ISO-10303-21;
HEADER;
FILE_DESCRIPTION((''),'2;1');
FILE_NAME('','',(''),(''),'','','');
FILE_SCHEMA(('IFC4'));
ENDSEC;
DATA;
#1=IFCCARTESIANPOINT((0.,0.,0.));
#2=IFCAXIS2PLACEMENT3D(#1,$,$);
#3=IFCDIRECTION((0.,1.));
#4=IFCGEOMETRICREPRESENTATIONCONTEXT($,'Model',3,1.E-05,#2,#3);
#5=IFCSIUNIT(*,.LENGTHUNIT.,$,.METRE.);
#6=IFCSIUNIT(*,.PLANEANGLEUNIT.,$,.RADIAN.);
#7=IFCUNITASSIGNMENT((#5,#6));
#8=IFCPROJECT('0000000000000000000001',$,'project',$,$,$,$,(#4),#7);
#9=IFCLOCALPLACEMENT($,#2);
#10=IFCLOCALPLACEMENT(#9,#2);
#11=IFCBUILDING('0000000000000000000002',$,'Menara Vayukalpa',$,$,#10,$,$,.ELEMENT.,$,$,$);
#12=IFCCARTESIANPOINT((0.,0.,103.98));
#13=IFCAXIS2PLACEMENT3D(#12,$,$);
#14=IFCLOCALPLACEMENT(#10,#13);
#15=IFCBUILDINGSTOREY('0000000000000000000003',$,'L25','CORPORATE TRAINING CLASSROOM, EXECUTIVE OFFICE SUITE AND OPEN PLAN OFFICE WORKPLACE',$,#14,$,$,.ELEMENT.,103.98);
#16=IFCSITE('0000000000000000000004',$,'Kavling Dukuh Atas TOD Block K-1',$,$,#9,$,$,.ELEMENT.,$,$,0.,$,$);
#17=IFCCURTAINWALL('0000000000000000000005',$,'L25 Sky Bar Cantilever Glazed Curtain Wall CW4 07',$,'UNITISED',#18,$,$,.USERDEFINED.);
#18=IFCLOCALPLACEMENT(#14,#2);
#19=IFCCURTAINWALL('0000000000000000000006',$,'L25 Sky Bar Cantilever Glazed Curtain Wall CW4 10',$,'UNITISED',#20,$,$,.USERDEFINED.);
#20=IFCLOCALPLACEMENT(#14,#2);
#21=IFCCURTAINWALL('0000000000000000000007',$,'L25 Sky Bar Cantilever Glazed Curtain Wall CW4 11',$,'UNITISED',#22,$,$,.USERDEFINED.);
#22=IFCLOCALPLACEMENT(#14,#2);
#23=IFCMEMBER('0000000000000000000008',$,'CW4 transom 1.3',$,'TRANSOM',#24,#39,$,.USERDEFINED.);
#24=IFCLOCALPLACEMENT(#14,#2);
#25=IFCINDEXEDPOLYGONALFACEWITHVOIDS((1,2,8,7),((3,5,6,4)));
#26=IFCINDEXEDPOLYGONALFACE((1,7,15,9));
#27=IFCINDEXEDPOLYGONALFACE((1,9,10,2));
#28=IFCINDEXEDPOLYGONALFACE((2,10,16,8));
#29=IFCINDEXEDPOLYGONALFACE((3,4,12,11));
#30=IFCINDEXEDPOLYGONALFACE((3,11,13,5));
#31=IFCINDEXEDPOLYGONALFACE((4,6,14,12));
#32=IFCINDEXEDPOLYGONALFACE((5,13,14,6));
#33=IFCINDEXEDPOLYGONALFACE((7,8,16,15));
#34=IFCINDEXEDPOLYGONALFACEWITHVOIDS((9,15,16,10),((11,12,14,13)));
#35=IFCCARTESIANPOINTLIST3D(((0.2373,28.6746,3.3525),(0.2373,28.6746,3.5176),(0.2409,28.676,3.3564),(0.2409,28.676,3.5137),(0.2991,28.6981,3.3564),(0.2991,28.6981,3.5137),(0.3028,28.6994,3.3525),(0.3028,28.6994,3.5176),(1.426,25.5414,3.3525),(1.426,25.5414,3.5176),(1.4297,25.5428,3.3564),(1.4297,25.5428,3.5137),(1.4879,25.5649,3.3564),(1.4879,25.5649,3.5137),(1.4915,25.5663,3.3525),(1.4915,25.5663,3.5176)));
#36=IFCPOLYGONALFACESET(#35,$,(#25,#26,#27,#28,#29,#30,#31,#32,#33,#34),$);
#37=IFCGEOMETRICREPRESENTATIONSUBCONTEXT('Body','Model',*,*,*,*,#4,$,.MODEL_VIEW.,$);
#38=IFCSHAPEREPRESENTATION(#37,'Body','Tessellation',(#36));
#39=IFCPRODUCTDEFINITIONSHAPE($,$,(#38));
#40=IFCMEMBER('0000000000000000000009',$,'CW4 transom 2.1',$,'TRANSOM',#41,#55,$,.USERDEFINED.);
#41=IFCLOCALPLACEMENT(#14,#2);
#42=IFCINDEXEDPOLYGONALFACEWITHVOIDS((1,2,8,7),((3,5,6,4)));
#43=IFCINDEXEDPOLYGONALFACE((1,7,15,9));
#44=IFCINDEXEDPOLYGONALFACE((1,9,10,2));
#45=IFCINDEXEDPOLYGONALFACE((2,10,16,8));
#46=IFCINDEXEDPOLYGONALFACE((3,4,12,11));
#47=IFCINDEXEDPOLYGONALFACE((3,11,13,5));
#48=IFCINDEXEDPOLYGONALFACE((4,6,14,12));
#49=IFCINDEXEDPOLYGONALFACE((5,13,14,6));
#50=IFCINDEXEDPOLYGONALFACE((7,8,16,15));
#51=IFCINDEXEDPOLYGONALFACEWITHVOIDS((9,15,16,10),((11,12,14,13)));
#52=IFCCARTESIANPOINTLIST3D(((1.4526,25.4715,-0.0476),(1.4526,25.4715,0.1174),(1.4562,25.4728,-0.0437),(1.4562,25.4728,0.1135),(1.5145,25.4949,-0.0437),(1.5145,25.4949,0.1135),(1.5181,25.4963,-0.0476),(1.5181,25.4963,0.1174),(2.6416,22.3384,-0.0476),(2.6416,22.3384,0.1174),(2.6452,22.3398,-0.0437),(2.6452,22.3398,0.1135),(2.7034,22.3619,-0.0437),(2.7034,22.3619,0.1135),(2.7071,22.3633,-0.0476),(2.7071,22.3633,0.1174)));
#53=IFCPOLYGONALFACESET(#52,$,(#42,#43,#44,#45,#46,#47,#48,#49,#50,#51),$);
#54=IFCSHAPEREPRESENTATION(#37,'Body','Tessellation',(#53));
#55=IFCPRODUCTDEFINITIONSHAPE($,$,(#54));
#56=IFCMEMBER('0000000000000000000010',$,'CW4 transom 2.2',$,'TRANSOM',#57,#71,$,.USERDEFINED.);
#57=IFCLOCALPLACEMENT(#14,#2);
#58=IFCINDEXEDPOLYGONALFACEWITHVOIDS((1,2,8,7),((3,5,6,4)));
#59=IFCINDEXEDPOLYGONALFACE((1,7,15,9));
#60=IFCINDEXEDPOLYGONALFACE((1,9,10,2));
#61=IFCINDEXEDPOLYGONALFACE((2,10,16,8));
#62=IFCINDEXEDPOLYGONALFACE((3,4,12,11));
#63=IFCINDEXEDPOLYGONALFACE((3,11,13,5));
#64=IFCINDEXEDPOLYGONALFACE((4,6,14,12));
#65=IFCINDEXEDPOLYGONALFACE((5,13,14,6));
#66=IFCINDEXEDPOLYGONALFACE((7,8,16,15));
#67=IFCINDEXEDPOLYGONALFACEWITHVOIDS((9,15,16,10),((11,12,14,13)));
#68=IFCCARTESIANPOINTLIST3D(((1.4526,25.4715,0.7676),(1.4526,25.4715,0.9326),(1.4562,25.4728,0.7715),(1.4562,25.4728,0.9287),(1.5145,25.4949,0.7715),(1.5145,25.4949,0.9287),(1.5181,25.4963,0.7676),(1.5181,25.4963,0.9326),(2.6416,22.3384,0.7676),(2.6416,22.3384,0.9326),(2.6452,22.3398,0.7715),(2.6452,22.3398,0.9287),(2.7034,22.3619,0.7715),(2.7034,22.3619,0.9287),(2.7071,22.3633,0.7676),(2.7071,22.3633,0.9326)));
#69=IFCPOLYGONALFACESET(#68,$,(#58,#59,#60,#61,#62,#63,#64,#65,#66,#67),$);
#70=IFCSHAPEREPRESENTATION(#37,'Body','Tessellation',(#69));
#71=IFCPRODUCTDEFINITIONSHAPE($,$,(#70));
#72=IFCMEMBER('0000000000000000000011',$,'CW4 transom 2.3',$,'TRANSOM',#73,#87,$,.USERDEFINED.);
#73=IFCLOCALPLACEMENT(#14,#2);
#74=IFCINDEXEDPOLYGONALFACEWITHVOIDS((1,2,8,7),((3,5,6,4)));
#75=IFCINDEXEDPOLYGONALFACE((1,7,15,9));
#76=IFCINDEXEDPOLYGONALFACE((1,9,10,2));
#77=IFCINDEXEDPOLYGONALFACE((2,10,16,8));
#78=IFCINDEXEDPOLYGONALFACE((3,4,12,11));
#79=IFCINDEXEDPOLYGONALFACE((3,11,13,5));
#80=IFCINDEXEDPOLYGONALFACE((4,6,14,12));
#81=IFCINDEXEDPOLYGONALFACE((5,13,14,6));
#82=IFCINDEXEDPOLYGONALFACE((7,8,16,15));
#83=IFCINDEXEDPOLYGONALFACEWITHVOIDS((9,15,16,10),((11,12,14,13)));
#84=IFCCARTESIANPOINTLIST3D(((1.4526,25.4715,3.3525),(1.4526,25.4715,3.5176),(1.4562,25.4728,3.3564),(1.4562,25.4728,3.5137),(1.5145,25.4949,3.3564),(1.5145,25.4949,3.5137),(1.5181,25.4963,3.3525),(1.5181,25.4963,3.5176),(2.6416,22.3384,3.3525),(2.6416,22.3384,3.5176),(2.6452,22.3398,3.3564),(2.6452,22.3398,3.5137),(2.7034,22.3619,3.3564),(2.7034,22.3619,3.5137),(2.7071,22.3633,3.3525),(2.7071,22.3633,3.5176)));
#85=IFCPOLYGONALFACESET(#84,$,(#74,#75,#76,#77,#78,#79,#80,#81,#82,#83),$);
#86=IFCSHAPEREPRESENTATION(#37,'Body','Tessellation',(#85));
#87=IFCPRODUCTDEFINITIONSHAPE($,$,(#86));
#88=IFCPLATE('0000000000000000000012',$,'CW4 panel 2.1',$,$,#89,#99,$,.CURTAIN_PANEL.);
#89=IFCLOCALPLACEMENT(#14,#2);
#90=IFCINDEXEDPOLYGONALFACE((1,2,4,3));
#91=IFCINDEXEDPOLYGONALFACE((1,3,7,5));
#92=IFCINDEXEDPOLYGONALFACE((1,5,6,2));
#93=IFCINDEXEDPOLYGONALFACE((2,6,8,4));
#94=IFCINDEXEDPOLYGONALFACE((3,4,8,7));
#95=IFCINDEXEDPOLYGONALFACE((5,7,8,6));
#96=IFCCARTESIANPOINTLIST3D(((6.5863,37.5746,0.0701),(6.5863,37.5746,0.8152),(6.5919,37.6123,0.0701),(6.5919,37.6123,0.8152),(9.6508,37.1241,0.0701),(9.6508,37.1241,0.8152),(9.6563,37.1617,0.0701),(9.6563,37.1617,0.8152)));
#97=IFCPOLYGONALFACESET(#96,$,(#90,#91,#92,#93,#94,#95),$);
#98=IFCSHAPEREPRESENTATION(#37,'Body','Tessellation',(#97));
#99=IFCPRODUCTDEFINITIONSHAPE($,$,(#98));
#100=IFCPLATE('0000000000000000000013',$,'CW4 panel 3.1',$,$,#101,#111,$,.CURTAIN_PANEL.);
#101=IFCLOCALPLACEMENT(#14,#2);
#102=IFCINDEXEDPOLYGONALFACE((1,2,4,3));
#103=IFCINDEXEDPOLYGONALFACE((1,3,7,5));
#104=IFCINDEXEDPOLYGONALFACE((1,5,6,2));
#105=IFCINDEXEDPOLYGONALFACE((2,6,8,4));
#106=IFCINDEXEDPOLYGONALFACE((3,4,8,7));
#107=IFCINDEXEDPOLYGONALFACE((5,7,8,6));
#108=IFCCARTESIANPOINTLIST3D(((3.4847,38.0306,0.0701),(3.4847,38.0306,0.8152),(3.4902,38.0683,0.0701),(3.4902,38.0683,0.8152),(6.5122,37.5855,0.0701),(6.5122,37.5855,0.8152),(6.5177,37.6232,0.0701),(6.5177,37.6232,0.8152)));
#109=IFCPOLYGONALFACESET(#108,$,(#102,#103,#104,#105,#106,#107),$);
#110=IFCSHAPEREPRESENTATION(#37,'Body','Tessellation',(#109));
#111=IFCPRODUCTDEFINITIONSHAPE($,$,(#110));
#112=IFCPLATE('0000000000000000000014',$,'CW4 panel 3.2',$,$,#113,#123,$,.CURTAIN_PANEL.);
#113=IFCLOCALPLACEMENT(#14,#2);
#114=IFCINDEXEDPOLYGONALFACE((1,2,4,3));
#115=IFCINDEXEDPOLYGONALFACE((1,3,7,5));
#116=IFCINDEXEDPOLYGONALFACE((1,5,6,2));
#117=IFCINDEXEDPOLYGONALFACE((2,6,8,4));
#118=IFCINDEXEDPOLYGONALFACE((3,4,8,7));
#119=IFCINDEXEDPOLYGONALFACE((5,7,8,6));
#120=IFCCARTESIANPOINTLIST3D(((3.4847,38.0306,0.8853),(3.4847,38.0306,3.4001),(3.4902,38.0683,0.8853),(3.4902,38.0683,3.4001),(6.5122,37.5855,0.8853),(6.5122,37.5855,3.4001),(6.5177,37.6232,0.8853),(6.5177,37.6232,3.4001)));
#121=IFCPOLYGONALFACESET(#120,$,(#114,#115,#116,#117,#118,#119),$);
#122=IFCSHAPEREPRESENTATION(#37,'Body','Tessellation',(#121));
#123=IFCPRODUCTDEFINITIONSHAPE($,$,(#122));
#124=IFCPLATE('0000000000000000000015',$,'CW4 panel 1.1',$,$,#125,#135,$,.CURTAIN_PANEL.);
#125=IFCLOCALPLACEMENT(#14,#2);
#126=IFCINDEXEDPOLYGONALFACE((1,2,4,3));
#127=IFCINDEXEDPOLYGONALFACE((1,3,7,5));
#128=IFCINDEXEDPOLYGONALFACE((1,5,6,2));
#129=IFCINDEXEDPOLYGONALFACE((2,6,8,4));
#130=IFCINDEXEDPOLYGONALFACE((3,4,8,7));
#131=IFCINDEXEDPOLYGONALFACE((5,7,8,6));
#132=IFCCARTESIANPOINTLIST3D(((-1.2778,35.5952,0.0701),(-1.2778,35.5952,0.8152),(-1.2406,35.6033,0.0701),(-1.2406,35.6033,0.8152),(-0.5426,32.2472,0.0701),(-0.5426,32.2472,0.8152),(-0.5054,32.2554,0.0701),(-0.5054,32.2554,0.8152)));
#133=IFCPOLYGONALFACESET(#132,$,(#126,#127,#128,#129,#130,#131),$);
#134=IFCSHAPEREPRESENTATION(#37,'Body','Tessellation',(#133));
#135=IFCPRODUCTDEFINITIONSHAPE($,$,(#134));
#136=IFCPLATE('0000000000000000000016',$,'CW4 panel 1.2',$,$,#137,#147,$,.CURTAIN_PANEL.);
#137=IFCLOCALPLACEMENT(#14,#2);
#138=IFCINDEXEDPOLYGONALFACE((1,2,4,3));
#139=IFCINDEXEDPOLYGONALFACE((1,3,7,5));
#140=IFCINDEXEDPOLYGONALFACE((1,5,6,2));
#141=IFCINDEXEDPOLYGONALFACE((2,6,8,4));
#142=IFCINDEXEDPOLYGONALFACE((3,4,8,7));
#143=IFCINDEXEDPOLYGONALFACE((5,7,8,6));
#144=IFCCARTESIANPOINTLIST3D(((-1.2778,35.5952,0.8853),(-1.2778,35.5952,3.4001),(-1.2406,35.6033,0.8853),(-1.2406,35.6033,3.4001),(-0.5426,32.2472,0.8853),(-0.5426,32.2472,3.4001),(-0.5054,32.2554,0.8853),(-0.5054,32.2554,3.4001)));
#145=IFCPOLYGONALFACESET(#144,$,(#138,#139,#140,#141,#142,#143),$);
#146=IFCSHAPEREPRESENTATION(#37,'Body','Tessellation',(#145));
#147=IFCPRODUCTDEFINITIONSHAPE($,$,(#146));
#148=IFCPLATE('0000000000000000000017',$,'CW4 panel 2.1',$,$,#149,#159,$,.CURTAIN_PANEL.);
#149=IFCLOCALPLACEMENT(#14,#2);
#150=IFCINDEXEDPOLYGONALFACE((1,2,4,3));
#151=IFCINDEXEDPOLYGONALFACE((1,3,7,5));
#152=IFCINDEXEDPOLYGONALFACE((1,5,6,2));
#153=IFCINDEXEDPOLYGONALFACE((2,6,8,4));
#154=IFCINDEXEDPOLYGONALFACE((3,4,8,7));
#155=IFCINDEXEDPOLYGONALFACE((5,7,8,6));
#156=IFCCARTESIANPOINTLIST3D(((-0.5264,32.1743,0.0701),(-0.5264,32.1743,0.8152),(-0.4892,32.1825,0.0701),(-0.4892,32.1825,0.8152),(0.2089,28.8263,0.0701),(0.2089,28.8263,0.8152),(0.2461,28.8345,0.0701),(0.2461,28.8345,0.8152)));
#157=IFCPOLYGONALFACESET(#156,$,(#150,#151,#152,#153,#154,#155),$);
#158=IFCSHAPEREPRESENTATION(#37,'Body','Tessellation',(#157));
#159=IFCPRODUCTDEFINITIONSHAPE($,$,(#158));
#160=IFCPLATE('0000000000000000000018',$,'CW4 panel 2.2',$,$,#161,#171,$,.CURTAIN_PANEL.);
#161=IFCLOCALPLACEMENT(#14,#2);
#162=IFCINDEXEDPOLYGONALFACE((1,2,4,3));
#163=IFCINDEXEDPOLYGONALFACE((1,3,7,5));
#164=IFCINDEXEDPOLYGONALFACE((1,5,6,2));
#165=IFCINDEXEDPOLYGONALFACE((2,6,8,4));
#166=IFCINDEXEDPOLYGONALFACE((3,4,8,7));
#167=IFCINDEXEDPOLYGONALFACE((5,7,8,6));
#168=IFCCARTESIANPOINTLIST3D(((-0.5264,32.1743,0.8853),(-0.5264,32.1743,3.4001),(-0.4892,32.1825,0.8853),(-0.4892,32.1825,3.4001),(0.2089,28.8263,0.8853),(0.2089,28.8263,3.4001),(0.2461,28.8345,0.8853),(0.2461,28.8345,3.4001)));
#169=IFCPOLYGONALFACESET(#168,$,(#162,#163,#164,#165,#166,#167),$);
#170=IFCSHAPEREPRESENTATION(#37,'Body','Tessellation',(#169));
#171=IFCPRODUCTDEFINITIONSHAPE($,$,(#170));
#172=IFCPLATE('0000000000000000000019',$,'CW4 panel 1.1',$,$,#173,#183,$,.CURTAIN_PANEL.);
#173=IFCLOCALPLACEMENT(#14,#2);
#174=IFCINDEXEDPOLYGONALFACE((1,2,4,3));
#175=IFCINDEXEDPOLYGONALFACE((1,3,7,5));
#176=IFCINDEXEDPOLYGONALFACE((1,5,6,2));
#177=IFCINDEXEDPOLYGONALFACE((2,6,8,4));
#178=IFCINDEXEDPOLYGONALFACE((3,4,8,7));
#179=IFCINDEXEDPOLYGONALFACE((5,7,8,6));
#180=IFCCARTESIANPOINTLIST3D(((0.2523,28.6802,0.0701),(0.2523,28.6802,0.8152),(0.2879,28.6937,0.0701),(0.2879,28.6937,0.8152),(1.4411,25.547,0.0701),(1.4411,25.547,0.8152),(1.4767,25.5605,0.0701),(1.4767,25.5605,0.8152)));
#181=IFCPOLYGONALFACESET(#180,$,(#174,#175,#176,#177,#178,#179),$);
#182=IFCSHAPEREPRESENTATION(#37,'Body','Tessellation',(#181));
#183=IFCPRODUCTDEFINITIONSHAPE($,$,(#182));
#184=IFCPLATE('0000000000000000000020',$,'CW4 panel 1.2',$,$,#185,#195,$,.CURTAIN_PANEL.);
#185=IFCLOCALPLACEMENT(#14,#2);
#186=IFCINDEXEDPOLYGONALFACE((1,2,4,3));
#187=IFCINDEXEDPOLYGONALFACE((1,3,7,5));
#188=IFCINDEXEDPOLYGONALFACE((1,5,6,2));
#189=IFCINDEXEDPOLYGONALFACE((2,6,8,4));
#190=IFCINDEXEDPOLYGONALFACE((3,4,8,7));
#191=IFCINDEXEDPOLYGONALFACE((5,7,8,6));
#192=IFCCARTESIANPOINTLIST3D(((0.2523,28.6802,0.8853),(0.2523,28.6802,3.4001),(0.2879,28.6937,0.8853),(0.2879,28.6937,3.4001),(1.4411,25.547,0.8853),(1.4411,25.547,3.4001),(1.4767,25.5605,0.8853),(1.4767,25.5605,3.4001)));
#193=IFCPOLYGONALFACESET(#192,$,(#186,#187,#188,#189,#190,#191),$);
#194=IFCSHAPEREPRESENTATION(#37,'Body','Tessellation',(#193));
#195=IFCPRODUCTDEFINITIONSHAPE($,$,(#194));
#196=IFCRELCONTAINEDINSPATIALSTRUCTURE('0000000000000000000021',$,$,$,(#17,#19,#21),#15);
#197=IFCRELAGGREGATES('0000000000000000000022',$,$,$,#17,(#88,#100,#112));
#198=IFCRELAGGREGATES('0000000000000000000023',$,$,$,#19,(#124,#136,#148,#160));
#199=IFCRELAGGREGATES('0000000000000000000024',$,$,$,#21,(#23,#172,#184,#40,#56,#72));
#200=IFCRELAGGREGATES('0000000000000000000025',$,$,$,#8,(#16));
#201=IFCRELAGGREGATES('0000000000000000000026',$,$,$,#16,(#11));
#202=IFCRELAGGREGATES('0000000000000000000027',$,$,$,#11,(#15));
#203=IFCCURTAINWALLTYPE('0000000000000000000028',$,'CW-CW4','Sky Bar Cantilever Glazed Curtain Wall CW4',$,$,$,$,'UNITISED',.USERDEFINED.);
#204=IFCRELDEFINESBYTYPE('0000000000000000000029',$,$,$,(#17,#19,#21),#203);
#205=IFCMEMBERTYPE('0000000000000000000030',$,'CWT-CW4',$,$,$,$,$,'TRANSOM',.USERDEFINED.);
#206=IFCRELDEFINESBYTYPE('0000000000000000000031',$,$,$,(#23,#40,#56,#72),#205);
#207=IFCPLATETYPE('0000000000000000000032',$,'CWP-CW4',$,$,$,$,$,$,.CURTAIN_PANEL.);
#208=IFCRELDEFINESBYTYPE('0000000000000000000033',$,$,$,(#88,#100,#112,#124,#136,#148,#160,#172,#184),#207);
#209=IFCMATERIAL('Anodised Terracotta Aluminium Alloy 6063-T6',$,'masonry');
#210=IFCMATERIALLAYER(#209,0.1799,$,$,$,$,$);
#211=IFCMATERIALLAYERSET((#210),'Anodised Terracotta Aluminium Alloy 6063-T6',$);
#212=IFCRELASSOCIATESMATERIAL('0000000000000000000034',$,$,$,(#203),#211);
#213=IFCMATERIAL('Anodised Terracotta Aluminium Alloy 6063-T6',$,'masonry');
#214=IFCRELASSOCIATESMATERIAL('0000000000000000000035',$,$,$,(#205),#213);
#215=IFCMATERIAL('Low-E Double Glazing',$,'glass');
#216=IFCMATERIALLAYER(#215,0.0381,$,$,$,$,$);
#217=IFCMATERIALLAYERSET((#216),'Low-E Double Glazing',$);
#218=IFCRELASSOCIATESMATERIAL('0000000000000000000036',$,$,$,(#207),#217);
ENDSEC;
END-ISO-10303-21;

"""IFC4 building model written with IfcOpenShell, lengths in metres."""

from ifc_helpers import new_model, si_unit, direction, frame, origin, origin_2d, place, context, subcontext, project, spatial, rectangle, hollow_rectangle, extrude, material, layer, layer_set, material_profile, profile_set, type_object, element, aggregate, save


model = new_model("IFC4")

# Units and contexts
model_context = context("Model", 3, precision=1e-05, world=origin(), true_north=direction((0.0, 1.0)))
body_context = subcontext(model_context, "Body", "Model", "MODEL_VIEW")
ifc_project = project(units=[si_unit("LENGTHUNIT", "METRE"), si_unit("PLANEANGLEUNIT", "RADIAN")], contexts=[model_context])

# Site, building, storey
site_placement = place(None, origin())
site = spatial("IfcSite", under=ifc_project, at=site_placement, Name="Kavling Dukuh Atas TOD Block K-1", CompositionType="ELEMENT", RefElevation=0.0)
building_placement = place(site_placement, origin())
building = spatial("IfcBuilding", under=site, at=building_placement, Name="Menara Vayukalpa", CompositionType="ELEMENT")
storey_placement = place(building_placement, frame((0.0, 0.0, 103.98)))
storey = spatial("IfcBuildingStorey", under=building, at=storey_placement, Name="L25", Description="CORPORATE TRAINING CLASSROOM, EXECUTIVE OFFICE SUITE AND OPEN PLAN OFFICE WORKPLACE", CompositionType="ELEMENT", Elevation=103.98)

# Curtain walls
ifc_material_1 = material(Name="Anodised Terracotta Aluminium Alloy 6063-T6", Category="masonry")
ifc_layer_1 = layer(ifc_material_1, 0.1799)
ifc_layer_set_1 = layer_set([ifc_layer_1], Name="Anodised Terracotta Aluminium Alloy 6063-T6")
curtain_wall_type = type_object("IfcCurtainWallType", Name="CW-CW4", Description="Sky Bar Cantilever Glazed Curtain Wall CW4", ElementType="UNITISED", PredefinedType="USERDEFINED", material=ifc_layer_set_1)
curtain_wall_1_placement = place(storey_placement, origin())
curtain_wall_1 = element("IfcCurtainWall", 1, at=curtain_wall_1_placement, inside=storey, type_object=curtain_wall_type, Name="L25 Sky Bar Cantilever Glazed Curtain Wall CW4 07", ObjectType="UNITISED", PredefinedType="USERDEFINED")
curtain_wall_2_placement = place(storey_placement, origin())
curtain_wall_2 = element("IfcCurtainWall", 2, at=curtain_wall_2_placement, inside=storey, type_object=curtain_wall_type, Name="L25 Sky Bar Cantilever Glazed Curtain Wall CW4 10", ObjectType="UNITISED", PredefinedType="USERDEFINED")
curtain_wall_3_placement = place(storey_placement, origin())
curtain_wall_3 = element("IfcCurtainWall", 3, at=curtain_wall_3_placement, inside=storey, type_object=curtain_wall_type, Name="L25 Sky Bar Cantilever Glazed Curtain Wall CW4 11", ObjectType="UNITISED", PredefinedType="USERDEFINED")

# Members
ifc_material_2 = material(Name="Anodised Terracotta Aluminium Alloy 6063-T6", Category="masonry")
ifc_material_profile_1 = material_profile(ifc_material_2, hollow_rectangle(XDim=0.0701, YDim=0.165, WallThickness=0.0039, at=origin_2d()), Name="ALU 70x165x4")
ifc_profile_set_1 = profile_set([ifc_material_profile_1], Name="Anodised Terracotta Aluminium Alloy 6063-T6")
member_type_1 = type_object("IfcMemberType", Name="CWT-CW4", ElementType="TRANSOM", PredefinedType="USERDEFINED", material=ifc_profile_set_1)
member_1_placement = place(storey_placement, frame((0.27, 28.687, 3.4351), z_axis=(0.354738, -0.934966, 0.0), x_axis=(0.934966, 0.354738, 0.0)))
member_1 = element("IfcMember", 4, at=member_1_placement, type_object=member_type_1, Name="CW4 transom 1.3", ObjectType="TRANSOM", PredefinedType="USERDEFINED", context=body_context, shape_type="SweptSolid", body=[
    extrude(hollow_rectangle(XDim=0.0701, YDim=0.165, WallThickness=0.0039, at=origin_2d()), origin(), (0.0, 0.0, 1.0), 3.3511),
])
member_2_placement = place(storey_placement, frame((1.4854, 25.4839, 0.0349), z_axis=(0.354801, -0.934942, 0.0), x_axis=(0.934942, 0.354801, 0.0)))
member_2 = element("IfcMember", 5, at=member_2_placement, type_object=member_type_1, Name="CW4 transom 2.1", ObjectType="TRANSOM", PredefinedType="USERDEFINED", context=body_context, shape_type="SweptSolid", body=[
    extrude(hollow_rectangle(XDim=0.0701, YDim=0.165, WallThickness=0.0039, at=origin_2d()), origin(), (0.0, 0.0, 1.0), 3.3511),
])
member_3_placement = place(storey_placement, frame((1.4854, 25.4839, 0.8501), z_axis=(0.354801, -0.934942, 0.0), x_axis=(0.934942, 0.354801, 0.0)))
member_3 = element("IfcMember", 6, at=member_3_placement, type_object=member_type_1, Name="CW4 transom 2.2", ObjectType="TRANSOM", PredefinedType="USERDEFINED", context=body_context, shape_type="SweptSolid", body=[
    extrude(hollow_rectangle(XDim=0.0701, YDim=0.165, WallThickness=0.0039, at=origin_2d()), origin(), (0.0, 0.0, 1.0), 3.3511),
])
member_4_placement = place(storey_placement, frame((1.4854, 25.4839, 3.4351), z_axis=(0.354801, -0.934942, 0.0), x_axis=(0.934942, 0.354801, 0.0)))
member_4 = element("IfcMember", 7, at=member_4_placement, type_object=member_type_1, Name="CW4 transom 2.3", ObjectType="TRANSOM", PredefinedType="USERDEFINED", context=body_context, shape_type="SweptSolid", body=[
    extrude(hollow_rectangle(XDim=0.0701, YDim=0.165, WallThickness=0.0039, at=origin_2d()), origin(), (0.0, 0.0, 1.0), 3.3511),
])

# Plates
ifc_material_3 = material(Name="Low-E Double Glazing", Category="glass")
ifc_layer_2 = layer(ifc_material_3, 0.0381)
ifc_layer_set_2 = layer_set([ifc_layer_2], Name="Low-E Double Glazing")
plate_type_1 = type_object("IfcPlateType", Name="CWP-CW4", PredefinedType="CURTAIN_PANEL", material=ifc_layer_set_2)
plate_1_placement = place(storey_placement, frame((8.1213, 37.3682, 0.0701), z_axis=(0.0, 0.0, 1.0), x_axis=(-0.989365, 0.145451, 0.0)))
plate_1 = element("IfcPlate", 8, at=plate_1_placement, type_object=plate_type_1, Name="CW4 panel 2.1", PredefinedType="CURTAIN_PANEL", context=body_context, shape_type="SweptSolid", body=[
    extrude(rectangle(XDim=3.0974, YDim=0.0381, at=origin_2d()), origin(), (0.0, 0.0, 1.0), 0.7451),
])
plate_2_placement = place(storey_placement, frame((5.0012, 37.8269, 0.0701), z_axis=(0.0, 0.0, 1.0), x_axis=(-0.989365, 0.145451, 0.0)))
plate_2 = element("IfcPlate", 9, at=plate_2_placement, type_object=plate_type_1, Name="CW4 panel 3.1", PredefinedType="CURTAIN_PANEL", context=body_context, shape_type="SweptSolid", body=[
    extrude(rectangle(XDim=3.0601, YDim=0.0381, at=origin_2d()), origin(), (0.0, 0.0, 1.0), 0.7451),
])
plate_3_placement = place(storey_placement, frame((5.0012, 37.8269, 0.8853), z_axis=(0.0, 0.0, 1.0), x_axis=(-0.989365, 0.145451, 0.0)))
plate_3 = element("IfcPlate", 10, at=plate_3_placement, type_object=plate_type_1, Name="CW4 panel 3.2", PredefinedType="CURTAIN_PANEL", context=body_context, shape_type="SweptSolid", body=[
    extrude(rectangle(XDim=3.0601, YDim=0.0381, at=origin_2d()), origin(), (0.0, 0.0, 1.0), 2.5149),
])
aggregate(curtain_wall_1, [plate_1, plate_2, plate_3])
plate_4_placement = place(storey_placement, frame((-0.8916, 33.9253, 0.0701), z_axis=(0.0, 0.0, 1.0), x_axis=(0.21451, -0.976722, 0.0)))
plate_4 = element("IfcPlate", 11, at=plate_4_placement, type_object=plate_type_1, Name="CW4 panel 1.1", PredefinedType="CURTAIN_PANEL", context=body_context, shape_type="SweptSolid", body=[
    extrude(rectangle(XDim=3.4277, YDim=0.0381, at=origin_2d()), origin(), (0.0, 0.0, 1.0), 0.7451),
])
plate_5_placement = place(storey_placement, frame((-0.8916, 33.9253, 0.8853), z_axis=(0.0, 0.0, 1.0), x_axis=(0.21451, -0.976722, 0.0)))
plate_5 = element("IfcPlate", 12, at=plate_5_placement, type_object=plate_type_1, Name="CW4 panel 1.2", PredefinedType="CURTAIN_PANEL", context=body_context, shape_type="SweptSolid", body=[
    extrude(rectangle(XDim=3.4277, YDim=0.0381, at=origin_2d()), origin(), (0.0, 0.0, 1.0), 2.5149),
])
plate_6_placement = place(storey_placement, frame((-0.1401, 30.5044, 0.0701), z_axis=(0.0, 0.0, 1.0), x_axis=(0.21451, -0.976722, 0.0)))
plate_6 = element("IfcPlate", 13, at=plate_6_placement, type_object=plate_type_1, Name="CW4 panel 2.1", PredefinedType="CURTAIN_PANEL", context=body_context, shape_type="SweptSolid", body=[
    extrude(rectangle(XDim=3.4277, YDim=0.0381, at=origin_2d()), origin(), (0.0, 0.0, 1.0), 0.7451),
])
plate_7_placement = place(storey_placement, frame((-0.1401, 30.5044, 0.8853), z_axis=(0.0, 0.0, 1.0), x_axis=(0.21451, -0.976722, 0.0)))
plate_7 = element("IfcPlate", 14, at=plate_7_placement, type_object=plate_type_1, Name="CW4 panel 2.2", PredefinedType="CURTAIN_PANEL", context=body_context, shape_type="SweptSolid", body=[
    extrude(rectangle(XDim=3.4277, YDim=0.0381, at=origin_2d()), origin(), (0.0, 0.0, 1.0), 2.5149),
])
aggregate(curtain_wall_2, [plate_4, plate_5, plate_6, plate_7])
plate_8_placement = place(storey_placement, frame((0.8645, 27.1204, 0.0701), z_axis=(0.0, 0.0, 1.0), x_axis=(0.354742, -0.934964, 0.0)))
plate_8 = element("IfcPlate", 15, at=plate_8_placement, type_object=plate_type_1, Name="CW4 panel 1.1", PredefinedType="CURTAIN_PANEL", context=body_context, shape_type="SweptSolid", body=[
    extrude(rectangle(XDim=3.3511, YDim=0.0381, at=origin_2d()), origin(), (0.0, 0.0, 1.0), 0.7451),
])
plate_9_placement = place(storey_placement, frame((0.8645, 27.1204, 0.8853), z_axis=(0.0, 0.0, 1.0), x_axis=(0.354742, -0.934964, 0.0)))
plate_9 = element("IfcPlate", 16, at=plate_9_placement, type_object=plate_type_1, Name="CW4 panel 1.2", PredefinedType="CURTAIN_PANEL", context=body_context, shape_type="SweptSolid", body=[
    extrude(rectangle(XDim=3.3511, YDim=0.0381, at=origin_2d()), origin(), (0.0, 0.0, 1.0), 2.5149),
])
aggregate(curtain_wall_3, [member_1, plate_8, plate_9, member_2, member_3, member_4])

save(model, "model.ifc")
